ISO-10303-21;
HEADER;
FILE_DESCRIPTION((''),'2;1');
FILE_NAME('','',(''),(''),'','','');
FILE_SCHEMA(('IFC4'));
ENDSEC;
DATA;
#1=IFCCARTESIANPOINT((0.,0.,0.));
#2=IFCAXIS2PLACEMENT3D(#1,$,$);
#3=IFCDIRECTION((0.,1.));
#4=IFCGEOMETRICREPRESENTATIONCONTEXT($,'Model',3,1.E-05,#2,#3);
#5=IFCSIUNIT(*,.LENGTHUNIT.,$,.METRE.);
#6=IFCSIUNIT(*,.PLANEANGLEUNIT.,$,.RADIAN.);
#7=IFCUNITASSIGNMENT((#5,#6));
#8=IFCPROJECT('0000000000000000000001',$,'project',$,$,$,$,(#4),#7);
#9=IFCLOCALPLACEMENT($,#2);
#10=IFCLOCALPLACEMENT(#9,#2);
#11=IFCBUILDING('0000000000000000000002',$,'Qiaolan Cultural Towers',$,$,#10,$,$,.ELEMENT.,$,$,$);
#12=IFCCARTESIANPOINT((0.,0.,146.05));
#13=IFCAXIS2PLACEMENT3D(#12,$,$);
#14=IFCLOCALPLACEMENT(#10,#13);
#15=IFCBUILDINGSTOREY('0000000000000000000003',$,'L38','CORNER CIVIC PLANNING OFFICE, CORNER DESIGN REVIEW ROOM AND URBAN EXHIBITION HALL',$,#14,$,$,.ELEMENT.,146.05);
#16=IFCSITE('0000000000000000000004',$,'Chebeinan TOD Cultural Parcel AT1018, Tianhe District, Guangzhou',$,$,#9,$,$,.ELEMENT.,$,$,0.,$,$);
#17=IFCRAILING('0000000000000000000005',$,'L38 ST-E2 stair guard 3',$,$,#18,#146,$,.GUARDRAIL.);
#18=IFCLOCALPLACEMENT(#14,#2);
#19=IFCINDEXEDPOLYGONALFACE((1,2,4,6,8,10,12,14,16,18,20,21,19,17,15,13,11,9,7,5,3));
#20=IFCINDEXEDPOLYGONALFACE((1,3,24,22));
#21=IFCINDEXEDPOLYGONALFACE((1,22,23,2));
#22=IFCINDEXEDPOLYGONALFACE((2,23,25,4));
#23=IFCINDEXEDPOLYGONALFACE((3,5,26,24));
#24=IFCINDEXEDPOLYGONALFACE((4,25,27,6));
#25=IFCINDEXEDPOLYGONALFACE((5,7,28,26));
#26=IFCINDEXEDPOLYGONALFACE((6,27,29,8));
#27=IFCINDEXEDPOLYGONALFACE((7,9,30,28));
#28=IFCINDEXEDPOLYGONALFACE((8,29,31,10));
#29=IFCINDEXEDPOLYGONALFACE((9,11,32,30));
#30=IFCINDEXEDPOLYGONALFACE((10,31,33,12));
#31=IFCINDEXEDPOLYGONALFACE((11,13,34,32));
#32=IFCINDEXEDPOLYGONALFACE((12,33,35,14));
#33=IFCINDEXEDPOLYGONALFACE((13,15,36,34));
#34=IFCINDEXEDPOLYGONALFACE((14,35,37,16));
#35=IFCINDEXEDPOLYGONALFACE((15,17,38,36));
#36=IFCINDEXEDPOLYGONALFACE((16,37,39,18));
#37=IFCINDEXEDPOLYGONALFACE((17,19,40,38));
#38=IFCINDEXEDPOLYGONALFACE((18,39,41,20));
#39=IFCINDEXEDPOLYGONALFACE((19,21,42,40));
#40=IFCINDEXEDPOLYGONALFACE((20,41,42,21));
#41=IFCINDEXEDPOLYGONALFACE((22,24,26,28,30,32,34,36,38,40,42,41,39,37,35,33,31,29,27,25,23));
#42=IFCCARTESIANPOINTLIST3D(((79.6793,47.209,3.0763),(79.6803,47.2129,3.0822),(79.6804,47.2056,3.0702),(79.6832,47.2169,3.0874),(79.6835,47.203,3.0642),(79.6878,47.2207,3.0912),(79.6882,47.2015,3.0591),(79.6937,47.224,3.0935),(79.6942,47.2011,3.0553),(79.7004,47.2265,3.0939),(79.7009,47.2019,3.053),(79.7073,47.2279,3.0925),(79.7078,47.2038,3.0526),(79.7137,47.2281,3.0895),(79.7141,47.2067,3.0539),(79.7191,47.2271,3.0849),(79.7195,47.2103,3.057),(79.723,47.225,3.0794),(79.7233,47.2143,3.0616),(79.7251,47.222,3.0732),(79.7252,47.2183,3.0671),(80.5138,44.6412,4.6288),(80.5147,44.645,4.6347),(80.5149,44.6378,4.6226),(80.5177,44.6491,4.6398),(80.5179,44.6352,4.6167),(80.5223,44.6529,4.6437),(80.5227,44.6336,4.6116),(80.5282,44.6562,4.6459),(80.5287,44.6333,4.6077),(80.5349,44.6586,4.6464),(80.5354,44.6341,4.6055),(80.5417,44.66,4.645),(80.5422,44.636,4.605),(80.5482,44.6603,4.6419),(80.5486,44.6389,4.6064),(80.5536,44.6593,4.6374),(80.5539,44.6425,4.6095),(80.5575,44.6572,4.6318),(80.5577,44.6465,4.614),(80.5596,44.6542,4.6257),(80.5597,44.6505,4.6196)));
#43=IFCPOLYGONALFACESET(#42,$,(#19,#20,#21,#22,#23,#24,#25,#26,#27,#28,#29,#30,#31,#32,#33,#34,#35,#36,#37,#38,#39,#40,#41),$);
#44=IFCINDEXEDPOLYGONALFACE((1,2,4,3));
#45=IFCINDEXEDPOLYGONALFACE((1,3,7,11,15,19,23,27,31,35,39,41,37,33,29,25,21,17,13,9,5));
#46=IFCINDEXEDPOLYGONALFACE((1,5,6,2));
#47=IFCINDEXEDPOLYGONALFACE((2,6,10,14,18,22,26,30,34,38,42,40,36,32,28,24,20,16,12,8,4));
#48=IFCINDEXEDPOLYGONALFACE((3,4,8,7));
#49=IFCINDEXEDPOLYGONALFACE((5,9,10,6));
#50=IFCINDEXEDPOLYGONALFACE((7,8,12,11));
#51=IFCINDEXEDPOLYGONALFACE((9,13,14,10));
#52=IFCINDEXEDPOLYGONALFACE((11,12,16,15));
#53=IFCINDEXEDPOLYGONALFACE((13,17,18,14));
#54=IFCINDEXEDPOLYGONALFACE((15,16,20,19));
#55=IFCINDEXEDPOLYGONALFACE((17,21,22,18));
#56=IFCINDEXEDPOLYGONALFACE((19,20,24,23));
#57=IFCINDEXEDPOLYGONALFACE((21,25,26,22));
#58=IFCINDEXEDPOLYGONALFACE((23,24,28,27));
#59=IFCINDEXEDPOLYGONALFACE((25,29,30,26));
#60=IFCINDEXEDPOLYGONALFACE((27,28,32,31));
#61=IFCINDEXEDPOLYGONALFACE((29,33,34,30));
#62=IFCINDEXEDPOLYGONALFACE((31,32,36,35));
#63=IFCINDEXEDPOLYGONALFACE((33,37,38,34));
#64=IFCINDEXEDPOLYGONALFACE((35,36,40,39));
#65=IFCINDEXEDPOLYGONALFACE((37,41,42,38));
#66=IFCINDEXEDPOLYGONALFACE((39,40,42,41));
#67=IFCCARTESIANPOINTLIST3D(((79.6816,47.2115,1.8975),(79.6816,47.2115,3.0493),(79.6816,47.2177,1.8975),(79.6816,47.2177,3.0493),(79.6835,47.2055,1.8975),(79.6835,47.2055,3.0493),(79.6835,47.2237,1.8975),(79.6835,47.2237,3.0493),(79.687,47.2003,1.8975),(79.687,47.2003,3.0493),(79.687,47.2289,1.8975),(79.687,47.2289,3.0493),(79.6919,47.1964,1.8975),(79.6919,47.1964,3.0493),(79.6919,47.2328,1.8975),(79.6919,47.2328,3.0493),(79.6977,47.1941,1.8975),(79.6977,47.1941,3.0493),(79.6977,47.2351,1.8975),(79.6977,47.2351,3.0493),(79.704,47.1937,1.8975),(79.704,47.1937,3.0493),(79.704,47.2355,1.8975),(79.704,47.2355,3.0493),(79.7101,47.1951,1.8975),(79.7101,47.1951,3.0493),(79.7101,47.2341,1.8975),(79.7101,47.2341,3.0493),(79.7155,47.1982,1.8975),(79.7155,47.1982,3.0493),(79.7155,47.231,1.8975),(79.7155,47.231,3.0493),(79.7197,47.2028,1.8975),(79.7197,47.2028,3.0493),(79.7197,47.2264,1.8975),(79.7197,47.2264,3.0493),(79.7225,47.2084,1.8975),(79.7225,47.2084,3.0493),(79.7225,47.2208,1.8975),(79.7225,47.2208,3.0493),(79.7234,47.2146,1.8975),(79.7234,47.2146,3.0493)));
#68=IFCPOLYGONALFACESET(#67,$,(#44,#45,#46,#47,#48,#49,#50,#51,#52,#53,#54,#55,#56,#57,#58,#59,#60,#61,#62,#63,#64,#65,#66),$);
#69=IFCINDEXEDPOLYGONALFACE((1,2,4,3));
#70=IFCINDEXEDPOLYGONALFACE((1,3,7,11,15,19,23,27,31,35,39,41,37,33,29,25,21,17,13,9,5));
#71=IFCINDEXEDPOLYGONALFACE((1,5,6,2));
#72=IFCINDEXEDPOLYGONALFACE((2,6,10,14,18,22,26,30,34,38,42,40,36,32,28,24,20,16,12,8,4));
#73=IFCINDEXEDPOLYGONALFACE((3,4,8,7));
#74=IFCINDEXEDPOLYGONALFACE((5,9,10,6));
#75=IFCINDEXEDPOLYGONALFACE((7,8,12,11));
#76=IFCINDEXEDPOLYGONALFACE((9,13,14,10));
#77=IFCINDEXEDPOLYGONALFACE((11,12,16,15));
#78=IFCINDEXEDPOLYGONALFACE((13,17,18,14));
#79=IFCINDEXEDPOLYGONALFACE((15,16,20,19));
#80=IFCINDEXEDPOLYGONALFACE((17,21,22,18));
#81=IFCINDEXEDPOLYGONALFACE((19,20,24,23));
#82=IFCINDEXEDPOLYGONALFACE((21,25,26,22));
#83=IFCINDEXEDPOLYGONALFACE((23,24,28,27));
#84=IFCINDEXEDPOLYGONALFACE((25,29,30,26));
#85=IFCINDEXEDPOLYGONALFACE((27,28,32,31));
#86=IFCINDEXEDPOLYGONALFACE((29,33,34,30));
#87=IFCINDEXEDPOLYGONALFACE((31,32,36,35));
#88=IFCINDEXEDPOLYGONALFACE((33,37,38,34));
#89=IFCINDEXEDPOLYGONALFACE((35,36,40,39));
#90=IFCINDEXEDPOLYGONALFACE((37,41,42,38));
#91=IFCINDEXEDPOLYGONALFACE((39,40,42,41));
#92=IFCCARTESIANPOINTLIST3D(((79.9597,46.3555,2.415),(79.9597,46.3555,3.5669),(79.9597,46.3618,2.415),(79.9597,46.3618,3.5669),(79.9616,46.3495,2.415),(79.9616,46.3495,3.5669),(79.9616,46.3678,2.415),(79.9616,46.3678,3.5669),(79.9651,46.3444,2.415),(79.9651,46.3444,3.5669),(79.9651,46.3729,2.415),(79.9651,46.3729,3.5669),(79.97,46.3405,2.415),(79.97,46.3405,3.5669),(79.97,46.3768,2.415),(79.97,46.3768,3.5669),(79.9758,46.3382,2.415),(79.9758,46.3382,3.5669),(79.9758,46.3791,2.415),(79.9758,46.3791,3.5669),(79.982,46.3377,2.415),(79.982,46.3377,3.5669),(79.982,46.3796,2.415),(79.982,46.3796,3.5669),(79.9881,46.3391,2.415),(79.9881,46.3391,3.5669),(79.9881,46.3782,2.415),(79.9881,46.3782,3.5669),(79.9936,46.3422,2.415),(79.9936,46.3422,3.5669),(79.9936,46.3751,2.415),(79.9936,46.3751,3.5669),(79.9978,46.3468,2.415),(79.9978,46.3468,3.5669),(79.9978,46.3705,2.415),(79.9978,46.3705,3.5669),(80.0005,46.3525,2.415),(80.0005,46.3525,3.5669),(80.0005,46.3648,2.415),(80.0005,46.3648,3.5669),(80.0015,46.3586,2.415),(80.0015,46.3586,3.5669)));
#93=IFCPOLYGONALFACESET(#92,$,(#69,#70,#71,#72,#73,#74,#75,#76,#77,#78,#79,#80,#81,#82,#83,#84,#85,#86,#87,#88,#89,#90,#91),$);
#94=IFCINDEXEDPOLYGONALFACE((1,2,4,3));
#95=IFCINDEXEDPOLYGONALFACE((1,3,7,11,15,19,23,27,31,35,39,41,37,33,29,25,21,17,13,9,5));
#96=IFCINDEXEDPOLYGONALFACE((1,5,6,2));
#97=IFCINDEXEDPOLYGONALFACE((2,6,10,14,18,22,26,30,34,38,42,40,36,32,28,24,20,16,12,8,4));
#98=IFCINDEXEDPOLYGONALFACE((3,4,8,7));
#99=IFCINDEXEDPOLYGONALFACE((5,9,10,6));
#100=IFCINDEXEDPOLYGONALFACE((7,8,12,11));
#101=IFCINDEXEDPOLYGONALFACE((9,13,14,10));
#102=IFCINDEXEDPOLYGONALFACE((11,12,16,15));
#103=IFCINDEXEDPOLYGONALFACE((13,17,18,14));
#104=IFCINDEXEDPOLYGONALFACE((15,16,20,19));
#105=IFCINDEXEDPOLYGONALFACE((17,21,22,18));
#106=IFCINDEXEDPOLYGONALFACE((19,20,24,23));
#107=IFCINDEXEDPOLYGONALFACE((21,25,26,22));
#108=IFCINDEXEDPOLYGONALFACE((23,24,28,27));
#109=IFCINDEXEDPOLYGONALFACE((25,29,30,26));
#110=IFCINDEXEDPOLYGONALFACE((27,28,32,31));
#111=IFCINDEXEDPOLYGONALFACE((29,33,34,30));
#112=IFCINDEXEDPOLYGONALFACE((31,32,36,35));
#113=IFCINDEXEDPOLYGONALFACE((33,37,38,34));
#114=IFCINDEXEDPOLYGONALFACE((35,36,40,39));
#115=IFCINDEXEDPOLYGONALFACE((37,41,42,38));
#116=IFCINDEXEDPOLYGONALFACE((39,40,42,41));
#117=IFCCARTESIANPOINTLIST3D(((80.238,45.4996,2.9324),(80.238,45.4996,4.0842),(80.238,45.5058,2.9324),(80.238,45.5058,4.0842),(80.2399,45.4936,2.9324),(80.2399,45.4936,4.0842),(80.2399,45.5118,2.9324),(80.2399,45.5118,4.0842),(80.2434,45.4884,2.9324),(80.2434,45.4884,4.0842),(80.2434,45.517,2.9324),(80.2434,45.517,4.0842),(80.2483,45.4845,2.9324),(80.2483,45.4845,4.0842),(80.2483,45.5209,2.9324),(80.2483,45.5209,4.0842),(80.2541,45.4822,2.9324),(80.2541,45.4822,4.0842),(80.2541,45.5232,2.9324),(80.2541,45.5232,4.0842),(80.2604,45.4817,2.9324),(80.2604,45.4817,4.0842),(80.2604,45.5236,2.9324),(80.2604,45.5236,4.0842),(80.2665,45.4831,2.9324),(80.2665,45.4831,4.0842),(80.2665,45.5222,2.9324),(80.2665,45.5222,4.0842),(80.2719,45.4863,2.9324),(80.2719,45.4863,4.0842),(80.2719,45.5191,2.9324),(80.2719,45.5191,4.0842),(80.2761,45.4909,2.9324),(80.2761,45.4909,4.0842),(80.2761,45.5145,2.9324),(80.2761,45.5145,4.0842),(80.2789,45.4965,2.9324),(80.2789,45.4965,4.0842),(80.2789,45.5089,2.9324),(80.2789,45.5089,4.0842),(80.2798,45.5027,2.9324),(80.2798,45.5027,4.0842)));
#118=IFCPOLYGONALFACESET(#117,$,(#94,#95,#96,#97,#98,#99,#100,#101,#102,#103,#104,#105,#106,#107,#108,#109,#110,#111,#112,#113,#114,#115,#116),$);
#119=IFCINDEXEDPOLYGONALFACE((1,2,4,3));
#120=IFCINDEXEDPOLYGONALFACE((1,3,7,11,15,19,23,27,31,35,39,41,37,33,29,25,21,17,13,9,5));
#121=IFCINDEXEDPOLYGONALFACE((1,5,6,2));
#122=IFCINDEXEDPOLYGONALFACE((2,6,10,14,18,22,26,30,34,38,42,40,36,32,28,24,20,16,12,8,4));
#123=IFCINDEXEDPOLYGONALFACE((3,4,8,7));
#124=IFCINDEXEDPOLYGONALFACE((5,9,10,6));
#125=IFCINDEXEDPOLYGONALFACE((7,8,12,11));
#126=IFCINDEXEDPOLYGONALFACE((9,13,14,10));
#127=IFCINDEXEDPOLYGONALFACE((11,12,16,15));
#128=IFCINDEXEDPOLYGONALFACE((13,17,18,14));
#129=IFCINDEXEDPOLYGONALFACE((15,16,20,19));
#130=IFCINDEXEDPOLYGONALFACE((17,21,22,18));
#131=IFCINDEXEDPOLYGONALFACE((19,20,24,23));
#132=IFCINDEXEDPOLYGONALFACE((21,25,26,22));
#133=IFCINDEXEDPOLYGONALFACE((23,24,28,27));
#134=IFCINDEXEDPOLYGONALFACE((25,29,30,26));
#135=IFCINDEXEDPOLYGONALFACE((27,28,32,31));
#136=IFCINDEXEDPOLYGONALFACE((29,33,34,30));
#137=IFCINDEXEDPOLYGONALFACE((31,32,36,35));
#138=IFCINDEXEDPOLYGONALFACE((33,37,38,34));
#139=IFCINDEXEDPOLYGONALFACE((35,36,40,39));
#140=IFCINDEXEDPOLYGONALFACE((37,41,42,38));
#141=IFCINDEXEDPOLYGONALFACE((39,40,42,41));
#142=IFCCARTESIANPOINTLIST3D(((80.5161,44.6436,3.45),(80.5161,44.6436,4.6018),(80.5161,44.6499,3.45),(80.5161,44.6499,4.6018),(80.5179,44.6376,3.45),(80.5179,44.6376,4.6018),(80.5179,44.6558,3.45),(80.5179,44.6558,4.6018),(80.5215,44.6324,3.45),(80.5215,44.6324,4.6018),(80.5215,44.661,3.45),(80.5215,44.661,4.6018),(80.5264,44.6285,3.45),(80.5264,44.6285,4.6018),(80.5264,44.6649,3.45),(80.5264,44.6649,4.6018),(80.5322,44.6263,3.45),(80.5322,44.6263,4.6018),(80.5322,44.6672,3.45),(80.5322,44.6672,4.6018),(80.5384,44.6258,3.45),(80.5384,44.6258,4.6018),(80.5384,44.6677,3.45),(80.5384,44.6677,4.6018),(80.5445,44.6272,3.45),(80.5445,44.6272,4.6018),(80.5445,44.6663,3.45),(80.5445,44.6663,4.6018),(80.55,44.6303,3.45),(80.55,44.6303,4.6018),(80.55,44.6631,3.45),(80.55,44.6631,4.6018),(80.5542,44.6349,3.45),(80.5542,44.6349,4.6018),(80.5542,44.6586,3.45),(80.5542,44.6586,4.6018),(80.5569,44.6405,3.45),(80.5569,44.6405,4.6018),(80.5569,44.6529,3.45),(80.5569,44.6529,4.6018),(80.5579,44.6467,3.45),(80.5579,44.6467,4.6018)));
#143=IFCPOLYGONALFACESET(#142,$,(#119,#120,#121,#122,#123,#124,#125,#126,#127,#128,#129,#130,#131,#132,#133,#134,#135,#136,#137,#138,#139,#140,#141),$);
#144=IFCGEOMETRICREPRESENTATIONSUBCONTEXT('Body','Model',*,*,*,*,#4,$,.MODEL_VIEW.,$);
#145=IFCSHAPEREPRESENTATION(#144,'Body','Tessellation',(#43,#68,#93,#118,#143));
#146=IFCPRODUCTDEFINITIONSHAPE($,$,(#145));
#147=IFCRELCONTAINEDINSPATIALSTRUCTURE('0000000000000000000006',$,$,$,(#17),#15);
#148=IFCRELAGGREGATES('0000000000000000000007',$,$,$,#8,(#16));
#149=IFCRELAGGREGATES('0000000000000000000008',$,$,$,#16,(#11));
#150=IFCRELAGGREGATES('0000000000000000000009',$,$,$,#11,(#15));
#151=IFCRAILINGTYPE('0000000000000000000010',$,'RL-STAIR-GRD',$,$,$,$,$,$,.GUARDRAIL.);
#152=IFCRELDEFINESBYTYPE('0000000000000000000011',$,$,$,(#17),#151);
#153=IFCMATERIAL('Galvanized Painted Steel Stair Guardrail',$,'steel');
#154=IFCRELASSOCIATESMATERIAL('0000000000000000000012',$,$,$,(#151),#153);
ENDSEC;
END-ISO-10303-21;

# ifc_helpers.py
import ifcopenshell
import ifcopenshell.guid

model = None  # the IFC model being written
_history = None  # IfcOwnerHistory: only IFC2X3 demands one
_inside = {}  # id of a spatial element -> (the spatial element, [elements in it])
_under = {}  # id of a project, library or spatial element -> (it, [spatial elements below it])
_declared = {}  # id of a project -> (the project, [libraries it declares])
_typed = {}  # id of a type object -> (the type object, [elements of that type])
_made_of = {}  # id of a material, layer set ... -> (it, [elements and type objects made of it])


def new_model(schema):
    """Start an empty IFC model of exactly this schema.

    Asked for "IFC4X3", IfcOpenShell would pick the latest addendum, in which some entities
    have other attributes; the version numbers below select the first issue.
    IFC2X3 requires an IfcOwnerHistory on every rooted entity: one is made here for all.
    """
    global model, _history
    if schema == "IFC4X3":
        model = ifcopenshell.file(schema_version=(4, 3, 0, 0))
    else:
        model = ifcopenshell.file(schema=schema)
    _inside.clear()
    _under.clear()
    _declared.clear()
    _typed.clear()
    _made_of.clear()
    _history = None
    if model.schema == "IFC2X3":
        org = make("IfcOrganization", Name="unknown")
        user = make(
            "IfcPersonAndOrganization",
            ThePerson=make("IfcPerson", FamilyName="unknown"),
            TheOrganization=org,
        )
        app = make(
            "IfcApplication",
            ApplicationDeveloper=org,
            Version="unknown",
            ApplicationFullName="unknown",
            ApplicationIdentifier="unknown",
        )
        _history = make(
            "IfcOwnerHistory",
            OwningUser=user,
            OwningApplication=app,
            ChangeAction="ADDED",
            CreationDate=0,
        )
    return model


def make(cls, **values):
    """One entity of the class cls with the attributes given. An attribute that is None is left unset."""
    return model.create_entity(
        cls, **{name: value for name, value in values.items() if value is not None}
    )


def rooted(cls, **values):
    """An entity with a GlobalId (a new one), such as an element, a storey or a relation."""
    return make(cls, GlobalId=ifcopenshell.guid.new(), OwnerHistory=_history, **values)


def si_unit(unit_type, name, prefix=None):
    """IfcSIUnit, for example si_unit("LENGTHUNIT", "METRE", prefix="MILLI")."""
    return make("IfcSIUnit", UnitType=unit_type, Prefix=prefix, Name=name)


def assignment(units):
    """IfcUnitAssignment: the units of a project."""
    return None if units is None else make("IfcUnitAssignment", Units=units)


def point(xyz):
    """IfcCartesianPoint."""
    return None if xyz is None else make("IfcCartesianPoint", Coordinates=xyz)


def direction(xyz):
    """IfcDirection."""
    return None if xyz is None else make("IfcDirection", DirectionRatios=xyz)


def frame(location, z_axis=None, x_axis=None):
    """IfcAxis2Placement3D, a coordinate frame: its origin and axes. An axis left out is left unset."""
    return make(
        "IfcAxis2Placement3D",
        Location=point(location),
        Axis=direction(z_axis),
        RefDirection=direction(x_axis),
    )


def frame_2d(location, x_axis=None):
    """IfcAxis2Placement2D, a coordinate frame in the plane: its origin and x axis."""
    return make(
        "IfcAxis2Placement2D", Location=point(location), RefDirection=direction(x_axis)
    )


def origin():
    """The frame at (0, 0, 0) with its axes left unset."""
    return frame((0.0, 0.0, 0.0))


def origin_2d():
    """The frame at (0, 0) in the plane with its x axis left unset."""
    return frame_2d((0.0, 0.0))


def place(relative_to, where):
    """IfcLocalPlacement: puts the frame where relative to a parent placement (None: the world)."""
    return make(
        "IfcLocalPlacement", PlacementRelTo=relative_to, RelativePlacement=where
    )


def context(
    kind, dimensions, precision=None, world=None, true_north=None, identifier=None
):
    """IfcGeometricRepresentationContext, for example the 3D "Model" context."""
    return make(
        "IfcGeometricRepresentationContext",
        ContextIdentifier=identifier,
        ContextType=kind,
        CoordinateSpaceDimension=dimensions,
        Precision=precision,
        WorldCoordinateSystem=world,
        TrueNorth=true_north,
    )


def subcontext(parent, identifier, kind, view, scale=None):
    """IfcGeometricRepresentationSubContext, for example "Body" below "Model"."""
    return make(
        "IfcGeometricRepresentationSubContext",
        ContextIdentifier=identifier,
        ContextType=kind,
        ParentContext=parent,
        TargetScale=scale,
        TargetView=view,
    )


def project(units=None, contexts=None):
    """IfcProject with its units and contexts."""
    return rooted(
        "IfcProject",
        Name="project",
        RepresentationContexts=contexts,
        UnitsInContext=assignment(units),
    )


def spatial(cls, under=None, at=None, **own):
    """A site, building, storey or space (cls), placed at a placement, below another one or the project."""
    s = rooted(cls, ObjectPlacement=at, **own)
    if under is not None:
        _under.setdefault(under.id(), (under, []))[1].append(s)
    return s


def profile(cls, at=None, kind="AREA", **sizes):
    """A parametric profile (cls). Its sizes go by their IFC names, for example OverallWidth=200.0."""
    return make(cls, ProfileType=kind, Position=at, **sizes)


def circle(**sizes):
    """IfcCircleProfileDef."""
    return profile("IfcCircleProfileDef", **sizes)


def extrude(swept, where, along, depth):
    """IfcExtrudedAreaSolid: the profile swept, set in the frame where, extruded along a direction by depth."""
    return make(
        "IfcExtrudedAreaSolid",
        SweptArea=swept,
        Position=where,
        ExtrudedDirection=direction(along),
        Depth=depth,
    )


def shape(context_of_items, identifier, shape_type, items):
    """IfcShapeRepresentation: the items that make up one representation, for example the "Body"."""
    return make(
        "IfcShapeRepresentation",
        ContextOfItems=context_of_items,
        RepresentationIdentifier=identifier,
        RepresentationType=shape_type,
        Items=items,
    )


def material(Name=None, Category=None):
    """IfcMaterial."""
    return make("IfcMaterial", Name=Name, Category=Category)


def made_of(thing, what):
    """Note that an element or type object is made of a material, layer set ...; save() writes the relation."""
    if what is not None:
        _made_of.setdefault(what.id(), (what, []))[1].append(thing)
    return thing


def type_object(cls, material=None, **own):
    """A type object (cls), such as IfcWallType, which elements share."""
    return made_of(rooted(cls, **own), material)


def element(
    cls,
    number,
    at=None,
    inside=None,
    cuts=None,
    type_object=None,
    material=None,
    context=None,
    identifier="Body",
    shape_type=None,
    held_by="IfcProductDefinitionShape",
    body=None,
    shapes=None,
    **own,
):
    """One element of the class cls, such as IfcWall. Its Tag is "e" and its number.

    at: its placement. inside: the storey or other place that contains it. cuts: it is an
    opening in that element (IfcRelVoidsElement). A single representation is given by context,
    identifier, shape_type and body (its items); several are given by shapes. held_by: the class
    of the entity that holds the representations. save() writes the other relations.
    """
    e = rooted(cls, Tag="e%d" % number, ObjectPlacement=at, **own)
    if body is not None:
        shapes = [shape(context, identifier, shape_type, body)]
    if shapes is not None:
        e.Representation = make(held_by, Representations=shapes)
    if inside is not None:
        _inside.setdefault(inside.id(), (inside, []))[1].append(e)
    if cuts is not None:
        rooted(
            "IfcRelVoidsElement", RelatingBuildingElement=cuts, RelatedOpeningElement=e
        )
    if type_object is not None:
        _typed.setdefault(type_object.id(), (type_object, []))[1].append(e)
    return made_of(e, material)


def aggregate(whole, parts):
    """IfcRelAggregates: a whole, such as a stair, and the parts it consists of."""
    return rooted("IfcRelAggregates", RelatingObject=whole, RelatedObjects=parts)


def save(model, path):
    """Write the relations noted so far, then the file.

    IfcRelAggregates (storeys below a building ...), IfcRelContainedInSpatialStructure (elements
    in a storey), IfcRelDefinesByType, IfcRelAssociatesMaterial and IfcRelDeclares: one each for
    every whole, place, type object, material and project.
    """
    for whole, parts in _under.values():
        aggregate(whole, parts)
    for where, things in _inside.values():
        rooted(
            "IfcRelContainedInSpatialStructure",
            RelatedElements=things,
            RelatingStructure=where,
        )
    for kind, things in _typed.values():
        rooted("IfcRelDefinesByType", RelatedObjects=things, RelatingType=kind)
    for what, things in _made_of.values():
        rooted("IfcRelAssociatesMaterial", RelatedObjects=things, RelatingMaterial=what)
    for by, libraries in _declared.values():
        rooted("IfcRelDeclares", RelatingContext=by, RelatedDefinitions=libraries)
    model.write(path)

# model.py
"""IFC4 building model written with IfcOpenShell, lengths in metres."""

from ifc_helpers import new_model, si_unit, direction, frame, origin, origin_2d, place, context, subcontext, project, spatial, circle, extrude, material, type_object, element, save


model = new_model("IFC4")

# Units and contexts
model_context = context("Model", 3, precision=1e-05, world=origin(), true_north=direction((0.0, 1.0)))
body_context = subcontext(model_context, "Body", "Model", "MODEL_VIEW")
ifc_project = project(units=[si_unit("LENGTHUNIT", "METRE"), si_unit("PLANEANGLEUNIT", "RADIAN")], contexts=[model_context])

# Site, building, storey
site_placement = place(None, origin())
site = spatial("IfcSite", under=ifc_project, at=site_placement, Name="Chebeinan TOD Cultural Parcel AT1018, Tianhe District, Guangzhou", CompositionType="ELEMENT", RefElevation=0.0)
building_placement = place(site_placement, origin())
building = spatial("IfcBuilding", under=site, at=building_placement, Name="Qiaolan Cultural Towers", CompositionType="ELEMENT")
storey_placement = place(building_placement, frame((0.0, 0.0, 146.05)))
storey = spatial("IfcBuildingStorey", under=building, at=storey_placement, Name="L38", Description="CORNER CIVIC PLANNING OFFICE, CORNER DESIGN REVIEW ROOM AND URBAN EXHIBITION HALL", CompositionType="ELEMENT", Elevation=146.05)

# Railing
ifc_material_1 = material(Name="Galvanized Painted Steel Stair Guardrail", Category="steel")
railing_type_1 = type_object("IfcRailingType", Name="RL-STAIR-GRD", PredefinedType="GUARDRAIL", material=ifc_material_1)
railing_1_placement = place(storey_placement, frame((79.7024, 47.2146, 1.8975)))
element("IfcRailing", 1, at=railing_1_placement, inside=storey, type_object=railing_type_1, Name="L38 ST-E2 stair guard 3", PredefinedType="GUARDRAIL", context=body_context, shape_type="SweptSolid", body=[
    extrude(circle(Radius=0.0239, at=origin_2d()), frame((0.0, 0.0, 1.1758), z_axis=(0.267926, -0.824471, 0.498461), x_axis=(0.951043, 0.309057, 0.0)), (0.0, 0.0, 1.0), 3.1145),
    extrude(circle(Radius=0.021, at=origin_2d()), origin(), (0.0, 0.0, 1.0), 1.1519),
    extrude(circle(Radius=0.021, at=origin_2d()), frame((0.2781, -0.856, 0.5176)), (0.0, 0.0, 1.0), 1.1519),
    extrude(circle(Radius=0.021, at=origin_2d()), frame((0.5564, -1.7119, 1.0349)), (0.0, 0.0, 1.0), 1.1519),
    extrude(circle(Radius=0.021, at=origin_2d()), frame((0.8345, -2.5679, 1.5525)), (0.0, 0.0, 1.0), 1.1519),
])

save(model, "model.ifc")
